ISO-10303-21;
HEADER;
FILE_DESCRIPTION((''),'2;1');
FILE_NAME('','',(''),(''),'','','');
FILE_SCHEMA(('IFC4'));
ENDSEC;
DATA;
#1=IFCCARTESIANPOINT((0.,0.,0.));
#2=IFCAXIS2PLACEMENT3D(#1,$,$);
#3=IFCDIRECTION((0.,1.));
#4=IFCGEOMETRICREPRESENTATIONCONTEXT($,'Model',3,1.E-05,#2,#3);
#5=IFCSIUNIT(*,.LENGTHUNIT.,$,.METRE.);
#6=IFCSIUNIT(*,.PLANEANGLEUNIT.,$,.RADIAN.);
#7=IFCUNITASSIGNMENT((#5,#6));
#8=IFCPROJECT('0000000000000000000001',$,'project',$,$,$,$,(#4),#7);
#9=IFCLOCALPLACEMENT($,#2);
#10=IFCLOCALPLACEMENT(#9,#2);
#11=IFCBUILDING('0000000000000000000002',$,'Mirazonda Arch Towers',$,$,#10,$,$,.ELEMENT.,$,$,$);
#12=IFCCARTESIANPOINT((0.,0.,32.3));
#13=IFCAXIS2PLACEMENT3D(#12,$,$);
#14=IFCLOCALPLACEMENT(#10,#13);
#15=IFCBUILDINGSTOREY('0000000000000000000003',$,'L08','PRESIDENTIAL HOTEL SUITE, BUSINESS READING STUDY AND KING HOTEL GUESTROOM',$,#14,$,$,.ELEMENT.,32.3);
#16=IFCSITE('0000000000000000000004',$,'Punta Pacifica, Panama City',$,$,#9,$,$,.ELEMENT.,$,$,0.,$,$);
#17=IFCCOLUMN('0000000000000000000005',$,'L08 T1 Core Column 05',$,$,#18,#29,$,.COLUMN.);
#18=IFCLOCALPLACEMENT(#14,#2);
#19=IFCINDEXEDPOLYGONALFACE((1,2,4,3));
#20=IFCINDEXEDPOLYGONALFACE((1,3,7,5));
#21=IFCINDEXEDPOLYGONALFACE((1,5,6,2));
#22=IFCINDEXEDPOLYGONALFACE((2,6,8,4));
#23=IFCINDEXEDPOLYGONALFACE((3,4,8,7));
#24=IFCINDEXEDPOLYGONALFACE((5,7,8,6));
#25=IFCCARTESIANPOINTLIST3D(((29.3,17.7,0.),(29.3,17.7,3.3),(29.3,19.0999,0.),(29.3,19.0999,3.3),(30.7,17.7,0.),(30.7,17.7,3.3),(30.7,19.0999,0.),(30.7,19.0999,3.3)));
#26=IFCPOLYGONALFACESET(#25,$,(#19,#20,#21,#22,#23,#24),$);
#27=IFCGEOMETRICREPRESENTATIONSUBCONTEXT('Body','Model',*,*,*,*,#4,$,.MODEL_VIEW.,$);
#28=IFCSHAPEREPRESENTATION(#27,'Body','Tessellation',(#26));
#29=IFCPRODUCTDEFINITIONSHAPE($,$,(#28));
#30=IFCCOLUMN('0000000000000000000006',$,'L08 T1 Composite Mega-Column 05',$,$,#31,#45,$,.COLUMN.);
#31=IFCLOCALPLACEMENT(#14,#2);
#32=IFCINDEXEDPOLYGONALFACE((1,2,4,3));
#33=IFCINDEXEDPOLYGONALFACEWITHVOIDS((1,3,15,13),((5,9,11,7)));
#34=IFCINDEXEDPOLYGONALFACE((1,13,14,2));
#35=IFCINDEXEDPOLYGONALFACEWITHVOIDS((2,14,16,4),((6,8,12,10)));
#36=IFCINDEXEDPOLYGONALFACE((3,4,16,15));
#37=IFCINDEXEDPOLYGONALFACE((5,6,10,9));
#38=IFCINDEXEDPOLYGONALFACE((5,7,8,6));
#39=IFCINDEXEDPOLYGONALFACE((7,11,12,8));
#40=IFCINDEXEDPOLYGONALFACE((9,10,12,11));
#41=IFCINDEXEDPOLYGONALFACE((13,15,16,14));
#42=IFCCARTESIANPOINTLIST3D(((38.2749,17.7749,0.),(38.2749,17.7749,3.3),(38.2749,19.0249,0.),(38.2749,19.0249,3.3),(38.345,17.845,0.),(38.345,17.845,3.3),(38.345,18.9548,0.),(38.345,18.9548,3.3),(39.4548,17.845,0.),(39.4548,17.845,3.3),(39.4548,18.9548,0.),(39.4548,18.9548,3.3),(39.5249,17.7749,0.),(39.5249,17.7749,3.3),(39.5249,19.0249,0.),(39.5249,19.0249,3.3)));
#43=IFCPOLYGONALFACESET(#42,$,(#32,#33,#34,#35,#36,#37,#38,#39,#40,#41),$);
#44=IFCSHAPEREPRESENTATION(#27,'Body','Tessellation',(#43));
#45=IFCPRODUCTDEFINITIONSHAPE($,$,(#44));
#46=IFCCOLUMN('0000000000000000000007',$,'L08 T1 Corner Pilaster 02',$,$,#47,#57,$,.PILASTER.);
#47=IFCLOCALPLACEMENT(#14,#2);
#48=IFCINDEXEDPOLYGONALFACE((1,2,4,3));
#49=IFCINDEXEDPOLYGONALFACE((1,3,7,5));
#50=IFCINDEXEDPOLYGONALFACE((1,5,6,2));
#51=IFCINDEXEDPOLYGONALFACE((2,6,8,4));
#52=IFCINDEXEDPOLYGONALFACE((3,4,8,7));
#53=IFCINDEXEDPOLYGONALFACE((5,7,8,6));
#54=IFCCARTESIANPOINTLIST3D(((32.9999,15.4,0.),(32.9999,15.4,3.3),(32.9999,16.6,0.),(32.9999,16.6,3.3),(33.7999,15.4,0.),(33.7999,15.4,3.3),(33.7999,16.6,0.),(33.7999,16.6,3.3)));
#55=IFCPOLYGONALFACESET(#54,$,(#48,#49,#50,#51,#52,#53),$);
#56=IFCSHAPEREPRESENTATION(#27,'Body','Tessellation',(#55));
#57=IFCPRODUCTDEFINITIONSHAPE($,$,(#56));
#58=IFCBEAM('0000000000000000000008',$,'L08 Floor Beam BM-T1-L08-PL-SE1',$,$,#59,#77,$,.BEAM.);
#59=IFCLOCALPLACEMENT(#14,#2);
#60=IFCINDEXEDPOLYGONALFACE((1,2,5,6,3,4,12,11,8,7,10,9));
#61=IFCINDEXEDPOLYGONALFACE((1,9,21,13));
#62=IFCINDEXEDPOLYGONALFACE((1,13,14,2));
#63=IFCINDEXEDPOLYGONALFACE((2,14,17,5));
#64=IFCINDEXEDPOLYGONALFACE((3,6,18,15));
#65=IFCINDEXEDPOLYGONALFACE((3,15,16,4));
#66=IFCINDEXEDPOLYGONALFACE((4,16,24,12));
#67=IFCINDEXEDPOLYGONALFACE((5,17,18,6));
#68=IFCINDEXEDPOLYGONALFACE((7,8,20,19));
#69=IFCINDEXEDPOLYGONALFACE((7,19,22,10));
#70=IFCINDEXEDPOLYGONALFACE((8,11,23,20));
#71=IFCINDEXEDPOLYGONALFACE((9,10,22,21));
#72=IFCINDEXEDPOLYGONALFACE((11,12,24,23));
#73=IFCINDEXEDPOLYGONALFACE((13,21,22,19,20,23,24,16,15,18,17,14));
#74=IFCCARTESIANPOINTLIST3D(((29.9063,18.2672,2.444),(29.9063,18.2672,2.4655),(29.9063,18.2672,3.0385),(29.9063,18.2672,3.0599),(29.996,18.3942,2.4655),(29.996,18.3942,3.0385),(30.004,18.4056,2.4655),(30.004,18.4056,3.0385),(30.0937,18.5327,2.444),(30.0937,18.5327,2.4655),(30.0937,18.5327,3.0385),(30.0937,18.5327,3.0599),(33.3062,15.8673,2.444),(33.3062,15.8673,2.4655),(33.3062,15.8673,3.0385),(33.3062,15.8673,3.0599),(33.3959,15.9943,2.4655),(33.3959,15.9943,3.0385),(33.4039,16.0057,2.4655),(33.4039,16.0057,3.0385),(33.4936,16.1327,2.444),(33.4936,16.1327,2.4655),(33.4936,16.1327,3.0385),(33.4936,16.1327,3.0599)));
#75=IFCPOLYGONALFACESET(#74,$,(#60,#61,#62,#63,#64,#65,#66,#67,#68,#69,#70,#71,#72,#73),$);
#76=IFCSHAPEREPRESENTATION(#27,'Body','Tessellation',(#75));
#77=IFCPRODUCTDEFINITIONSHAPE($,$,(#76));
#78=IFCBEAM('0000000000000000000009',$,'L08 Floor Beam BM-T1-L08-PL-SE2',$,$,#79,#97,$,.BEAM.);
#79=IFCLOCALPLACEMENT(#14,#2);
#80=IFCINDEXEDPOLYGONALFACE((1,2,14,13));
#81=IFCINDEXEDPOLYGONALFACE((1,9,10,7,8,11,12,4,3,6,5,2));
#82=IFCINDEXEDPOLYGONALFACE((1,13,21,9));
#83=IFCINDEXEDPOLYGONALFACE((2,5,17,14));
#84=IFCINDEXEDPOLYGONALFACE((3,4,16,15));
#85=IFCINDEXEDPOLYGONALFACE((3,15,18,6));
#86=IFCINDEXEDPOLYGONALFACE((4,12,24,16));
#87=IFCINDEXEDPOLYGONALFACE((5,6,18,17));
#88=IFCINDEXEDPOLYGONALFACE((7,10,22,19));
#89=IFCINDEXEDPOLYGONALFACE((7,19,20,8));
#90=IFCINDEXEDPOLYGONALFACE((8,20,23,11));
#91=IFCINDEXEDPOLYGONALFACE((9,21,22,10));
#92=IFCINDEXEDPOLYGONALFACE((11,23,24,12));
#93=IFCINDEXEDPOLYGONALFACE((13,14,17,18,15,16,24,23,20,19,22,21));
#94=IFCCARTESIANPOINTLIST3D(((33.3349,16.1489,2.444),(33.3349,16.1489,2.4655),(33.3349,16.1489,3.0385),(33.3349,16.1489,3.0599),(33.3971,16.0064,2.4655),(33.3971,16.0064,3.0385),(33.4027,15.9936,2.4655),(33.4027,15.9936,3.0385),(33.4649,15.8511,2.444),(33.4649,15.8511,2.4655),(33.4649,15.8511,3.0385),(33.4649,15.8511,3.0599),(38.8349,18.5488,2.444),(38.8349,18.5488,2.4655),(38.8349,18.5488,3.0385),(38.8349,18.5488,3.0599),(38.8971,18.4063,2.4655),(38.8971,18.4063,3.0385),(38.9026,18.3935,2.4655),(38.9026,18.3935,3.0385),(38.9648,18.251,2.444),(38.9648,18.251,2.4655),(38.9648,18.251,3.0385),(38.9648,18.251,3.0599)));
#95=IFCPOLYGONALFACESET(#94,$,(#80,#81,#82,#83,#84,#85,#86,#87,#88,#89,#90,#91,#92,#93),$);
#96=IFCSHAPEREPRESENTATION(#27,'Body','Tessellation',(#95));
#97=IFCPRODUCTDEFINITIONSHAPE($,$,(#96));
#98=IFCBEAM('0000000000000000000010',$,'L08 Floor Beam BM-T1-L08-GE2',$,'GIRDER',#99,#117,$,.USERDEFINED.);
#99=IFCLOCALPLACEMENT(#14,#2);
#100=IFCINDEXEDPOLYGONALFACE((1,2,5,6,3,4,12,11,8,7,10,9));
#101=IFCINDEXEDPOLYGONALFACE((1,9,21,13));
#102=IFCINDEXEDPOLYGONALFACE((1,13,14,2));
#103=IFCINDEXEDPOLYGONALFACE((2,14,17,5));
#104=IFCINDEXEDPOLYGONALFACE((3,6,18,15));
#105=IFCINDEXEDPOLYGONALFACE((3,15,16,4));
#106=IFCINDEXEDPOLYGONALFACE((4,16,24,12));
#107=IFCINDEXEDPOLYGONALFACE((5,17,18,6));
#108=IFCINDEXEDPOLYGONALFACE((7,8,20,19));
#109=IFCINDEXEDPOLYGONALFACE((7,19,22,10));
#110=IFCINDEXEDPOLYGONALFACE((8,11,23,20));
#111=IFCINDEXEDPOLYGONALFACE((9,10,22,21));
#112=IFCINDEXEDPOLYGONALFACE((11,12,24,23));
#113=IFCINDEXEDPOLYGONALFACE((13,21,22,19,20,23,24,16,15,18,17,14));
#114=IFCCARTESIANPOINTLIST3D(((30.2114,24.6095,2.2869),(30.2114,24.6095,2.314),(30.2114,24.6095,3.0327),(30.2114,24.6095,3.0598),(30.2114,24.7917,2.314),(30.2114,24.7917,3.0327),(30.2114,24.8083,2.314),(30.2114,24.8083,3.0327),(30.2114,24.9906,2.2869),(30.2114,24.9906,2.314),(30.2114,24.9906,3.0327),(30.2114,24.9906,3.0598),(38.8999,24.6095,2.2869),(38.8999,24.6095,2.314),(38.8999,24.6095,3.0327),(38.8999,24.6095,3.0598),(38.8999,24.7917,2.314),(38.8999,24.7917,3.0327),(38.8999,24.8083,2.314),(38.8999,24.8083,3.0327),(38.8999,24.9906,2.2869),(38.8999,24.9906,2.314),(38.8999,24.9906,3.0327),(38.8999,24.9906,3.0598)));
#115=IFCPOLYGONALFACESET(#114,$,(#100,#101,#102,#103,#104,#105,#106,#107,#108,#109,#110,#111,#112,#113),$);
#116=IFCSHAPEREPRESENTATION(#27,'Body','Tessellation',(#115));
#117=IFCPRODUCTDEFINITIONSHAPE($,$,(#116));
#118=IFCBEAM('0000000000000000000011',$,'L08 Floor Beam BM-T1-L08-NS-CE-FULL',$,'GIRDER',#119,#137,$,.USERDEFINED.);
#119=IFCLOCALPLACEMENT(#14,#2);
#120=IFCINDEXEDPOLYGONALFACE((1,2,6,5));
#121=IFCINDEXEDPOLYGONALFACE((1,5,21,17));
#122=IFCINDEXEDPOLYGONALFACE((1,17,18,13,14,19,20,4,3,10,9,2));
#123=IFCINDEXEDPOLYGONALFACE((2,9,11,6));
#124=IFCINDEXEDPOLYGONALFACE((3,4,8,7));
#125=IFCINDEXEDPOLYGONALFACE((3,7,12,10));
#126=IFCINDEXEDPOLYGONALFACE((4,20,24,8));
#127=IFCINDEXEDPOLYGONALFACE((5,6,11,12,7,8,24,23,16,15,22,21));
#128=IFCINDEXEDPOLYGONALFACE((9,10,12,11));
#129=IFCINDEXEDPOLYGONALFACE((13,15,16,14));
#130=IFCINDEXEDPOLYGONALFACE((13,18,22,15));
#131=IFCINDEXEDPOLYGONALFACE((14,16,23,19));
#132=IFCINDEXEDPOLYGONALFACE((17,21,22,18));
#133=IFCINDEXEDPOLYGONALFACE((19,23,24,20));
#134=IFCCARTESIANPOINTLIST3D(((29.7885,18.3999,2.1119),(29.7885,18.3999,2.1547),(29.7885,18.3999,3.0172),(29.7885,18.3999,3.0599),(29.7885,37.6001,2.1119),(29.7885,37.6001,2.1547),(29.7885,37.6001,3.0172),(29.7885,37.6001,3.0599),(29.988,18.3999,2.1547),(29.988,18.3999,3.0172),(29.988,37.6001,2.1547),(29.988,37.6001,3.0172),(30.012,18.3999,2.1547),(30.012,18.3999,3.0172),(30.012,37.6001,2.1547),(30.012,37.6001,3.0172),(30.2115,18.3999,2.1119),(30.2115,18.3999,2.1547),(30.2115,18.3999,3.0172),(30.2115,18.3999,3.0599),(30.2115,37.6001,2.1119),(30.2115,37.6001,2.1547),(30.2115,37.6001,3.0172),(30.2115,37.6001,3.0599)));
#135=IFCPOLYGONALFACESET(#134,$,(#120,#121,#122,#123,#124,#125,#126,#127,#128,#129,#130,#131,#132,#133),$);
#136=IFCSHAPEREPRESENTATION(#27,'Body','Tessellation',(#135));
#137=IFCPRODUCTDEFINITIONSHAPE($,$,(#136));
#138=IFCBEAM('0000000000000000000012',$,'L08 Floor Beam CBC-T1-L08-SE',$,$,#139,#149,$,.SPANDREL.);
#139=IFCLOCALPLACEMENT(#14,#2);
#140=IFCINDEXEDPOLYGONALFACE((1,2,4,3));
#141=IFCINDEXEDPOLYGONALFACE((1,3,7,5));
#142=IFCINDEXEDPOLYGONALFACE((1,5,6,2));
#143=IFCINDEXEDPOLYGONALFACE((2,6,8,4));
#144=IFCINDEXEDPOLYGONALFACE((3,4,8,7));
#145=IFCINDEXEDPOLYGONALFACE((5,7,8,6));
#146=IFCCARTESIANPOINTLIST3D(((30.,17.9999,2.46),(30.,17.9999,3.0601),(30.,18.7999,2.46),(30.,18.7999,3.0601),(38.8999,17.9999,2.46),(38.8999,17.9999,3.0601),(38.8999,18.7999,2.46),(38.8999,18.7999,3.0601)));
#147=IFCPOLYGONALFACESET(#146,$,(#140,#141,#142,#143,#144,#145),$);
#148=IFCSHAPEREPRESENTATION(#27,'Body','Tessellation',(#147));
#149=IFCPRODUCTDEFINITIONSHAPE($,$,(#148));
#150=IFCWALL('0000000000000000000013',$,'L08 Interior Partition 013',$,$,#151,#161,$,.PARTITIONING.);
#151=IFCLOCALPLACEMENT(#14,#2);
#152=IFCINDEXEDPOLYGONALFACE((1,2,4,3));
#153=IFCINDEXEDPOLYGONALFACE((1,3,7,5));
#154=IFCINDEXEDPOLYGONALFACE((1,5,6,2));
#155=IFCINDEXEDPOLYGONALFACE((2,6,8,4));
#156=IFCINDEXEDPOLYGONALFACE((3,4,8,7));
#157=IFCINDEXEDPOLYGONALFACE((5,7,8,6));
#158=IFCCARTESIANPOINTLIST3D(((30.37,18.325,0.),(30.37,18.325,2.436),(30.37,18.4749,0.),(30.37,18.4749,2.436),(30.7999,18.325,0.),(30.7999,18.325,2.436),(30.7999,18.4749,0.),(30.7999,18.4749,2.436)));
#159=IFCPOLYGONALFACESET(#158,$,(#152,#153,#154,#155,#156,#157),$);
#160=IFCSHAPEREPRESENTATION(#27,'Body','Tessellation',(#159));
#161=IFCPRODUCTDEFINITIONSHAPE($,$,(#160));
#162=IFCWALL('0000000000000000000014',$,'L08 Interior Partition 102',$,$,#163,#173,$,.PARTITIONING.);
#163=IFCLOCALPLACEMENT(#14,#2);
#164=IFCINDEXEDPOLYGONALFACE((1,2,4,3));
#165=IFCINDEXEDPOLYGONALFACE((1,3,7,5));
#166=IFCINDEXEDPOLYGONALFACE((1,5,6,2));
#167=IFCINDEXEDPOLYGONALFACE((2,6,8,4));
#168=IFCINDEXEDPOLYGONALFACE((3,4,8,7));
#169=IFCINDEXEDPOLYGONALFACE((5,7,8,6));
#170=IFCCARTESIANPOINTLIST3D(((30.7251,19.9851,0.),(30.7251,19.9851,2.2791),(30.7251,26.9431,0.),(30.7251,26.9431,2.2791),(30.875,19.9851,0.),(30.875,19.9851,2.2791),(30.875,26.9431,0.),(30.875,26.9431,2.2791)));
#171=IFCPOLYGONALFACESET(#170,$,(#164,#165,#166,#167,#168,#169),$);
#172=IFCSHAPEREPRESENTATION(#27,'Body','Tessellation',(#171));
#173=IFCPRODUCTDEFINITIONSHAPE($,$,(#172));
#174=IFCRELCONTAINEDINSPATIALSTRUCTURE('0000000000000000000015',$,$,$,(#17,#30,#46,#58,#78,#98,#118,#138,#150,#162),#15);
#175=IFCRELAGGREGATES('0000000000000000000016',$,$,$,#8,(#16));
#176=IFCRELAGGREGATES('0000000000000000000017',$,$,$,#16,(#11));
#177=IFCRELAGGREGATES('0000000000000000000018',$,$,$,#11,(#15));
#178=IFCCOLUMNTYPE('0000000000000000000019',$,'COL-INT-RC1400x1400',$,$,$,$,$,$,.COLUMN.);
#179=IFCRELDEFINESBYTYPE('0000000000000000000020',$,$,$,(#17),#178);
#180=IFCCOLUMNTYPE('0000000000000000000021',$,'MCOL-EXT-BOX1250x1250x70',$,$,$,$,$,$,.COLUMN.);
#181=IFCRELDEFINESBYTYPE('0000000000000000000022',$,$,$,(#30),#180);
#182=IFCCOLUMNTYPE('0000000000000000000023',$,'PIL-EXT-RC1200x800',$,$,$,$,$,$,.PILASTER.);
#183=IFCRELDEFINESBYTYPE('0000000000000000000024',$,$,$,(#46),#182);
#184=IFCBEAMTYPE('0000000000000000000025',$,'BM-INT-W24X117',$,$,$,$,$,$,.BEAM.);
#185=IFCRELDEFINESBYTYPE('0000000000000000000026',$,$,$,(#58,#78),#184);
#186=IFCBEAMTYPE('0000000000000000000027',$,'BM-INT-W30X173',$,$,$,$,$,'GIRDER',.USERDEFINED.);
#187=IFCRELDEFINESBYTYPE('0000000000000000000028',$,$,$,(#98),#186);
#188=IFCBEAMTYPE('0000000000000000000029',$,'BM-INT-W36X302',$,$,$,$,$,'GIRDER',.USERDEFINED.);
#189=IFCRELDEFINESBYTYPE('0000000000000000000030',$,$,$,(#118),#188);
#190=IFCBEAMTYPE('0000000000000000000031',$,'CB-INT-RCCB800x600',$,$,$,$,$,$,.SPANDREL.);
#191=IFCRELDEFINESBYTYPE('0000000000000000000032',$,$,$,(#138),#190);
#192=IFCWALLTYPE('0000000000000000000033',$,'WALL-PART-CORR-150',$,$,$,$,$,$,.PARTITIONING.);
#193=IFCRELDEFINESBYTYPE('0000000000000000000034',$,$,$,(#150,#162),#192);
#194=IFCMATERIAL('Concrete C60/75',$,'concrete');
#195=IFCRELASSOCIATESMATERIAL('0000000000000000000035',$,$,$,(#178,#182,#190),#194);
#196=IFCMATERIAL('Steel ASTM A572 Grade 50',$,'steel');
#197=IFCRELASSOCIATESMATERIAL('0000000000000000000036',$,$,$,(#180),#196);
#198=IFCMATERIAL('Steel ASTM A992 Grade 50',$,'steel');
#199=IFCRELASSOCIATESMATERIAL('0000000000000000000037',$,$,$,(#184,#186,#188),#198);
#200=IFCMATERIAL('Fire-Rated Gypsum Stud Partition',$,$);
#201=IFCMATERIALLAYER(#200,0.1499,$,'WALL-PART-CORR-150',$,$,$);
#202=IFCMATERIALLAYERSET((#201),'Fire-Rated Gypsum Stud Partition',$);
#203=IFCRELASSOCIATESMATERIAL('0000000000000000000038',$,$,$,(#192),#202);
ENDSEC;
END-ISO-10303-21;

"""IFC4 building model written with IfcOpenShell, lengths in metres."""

from ifc_helpers import new_model, si_unit, direction, frame, frame_2d, origin, origin_2d, place, context, subcontext, project, spatial, rectangle, hollow_rectangle, i_section, extrude, material, layer, layer_set, material_profile, profile_set, type_object, element, save


model = new_model("IFC4")

# Units and contexts
model_context = context("Model", 3, precision=1e-05, world=origin(), true_north=direction((0.0, 1.0)))
body_context = subcontext(model_context, "Body", "Model", "MODEL_VIEW")
ifc_project = project(units=[si_unit("LENGTHUNIT", "METRE"), si_unit("PLANEANGLEUNIT", "RADIAN")], contexts=[model_context])

# Site, building, storey
site_placement = place(None, origin())
site = spatial("IfcSite", under=ifc_project, at=site_placement, Name="Punta Pacifica, Panama City", CompositionType="ELEMENT", RefElevation=0.0)
building_placement = place(site_placement, origin())
building = spatial("IfcBuilding", under=site, at=building_placement, Name="Mirazonda Arch Towers", CompositionType="ELEMENT")
storey_placement = place(building_placement, frame((0.0, 0.0, 32.3)))
storey = spatial("IfcBuildingStorey", under=building, at=storey_placement, Name="L08", Description="PRESIDENTIAL HOTEL SUITE, BUSINESS READING STUDY AND KING HOTEL GUESTROOM", CompositionType="ELEMENT", Elevation=32.3)

# Columns
ifc_material_1 = material(Name="Concrete C60/75", Category="concrete")
ifc_material_profile_1 = material_profile(ifc_material_1, rectangle(XDim=1.3999, YDim=1.3999, at=origin_2d()), Name="RC1400x1400")
ifc_profile_set_1 = profile_set([ifc_material_profile_1], Name="Concrete C60/75")
column_type_1 = type_object("IfcColumnType", Name="COL-INT-RC1400x1400", PredefinedType="COLUMN", material=ifc_profile_set_1)
column_1_placement = place(storey_placement, frame((30.0, 18.3999, 0.0), z_axis=(0.0, 0.0, 1.0), x_axis=(1.0, 0.0, 0.0)))
element("IfcColumn", 1, at=column_1_placement, inside=storey, type_object=column_type_1, Name="L08 T1 Core Column 05", PredefinedType="COLUMN", context=body_context, shape_type="SweptSolid", body=[
    extrude(rectangle(XDim=1.3999, YDim=1.3999, at=origin_2d()), origin(), (0.0, 0.0, 1.0), 3.3),
])
ifc_material_2 = material(Name="Steel ASTM A572 Grade 50", Category="steel")
ifc_material_profile_2 = material_profile(ifc_material_2, hollow_rectangle(XDim=1.25, YDim=1.25, WallThickness=0.0701, at=origin_2d()), Name="BOX1250x1250x70")
ifc_profile_set_2 = profile_set([ifc_material_profile_2], Name="Steel ASTM A572 Grade 50")
column_type_2 = type_object("IfcColumnType", Name="MCOL-EXT-BOX1250x1250x70", PredefinedType="COLUMN", material=ifc_profile_set_2)
column_2_placement = place(storey_placement, frame((38.8999, 18.3999, 0.0), z_axis=(0.0, 0.0, 1.0), x_axis=(1.0, 0.0, 0.0)))
element("IfcColumn", 2, at=column_2_placement, inside=storey, type_object=column_type_2, Name="L08 T1 Composite Mega-Column 05", PredefinedType="COLUMN", context=body_context, shape_type="SweptSolid", body=[
    extrude(hollow_rectangle(XDim=1.25, YDim=1.25, WallThickness=0.0701, at=origin_2d()), origin(), (0.0, 0.0, 1.0), 3.3),
])
ifc_material_profile_3 = material_profile(ifc_material_1, rectangle(XDim=0.8, YDim=1.2, at=origin_2d()), Name="RC1200x800")
ifc_profile_set_3 = profile_set([ifc_material_profile_3], Name="Concrete C60/75")
column_type_3 = type_object("IfcColumnType", Name="PIL-EXT-RC1200x800", PredefinedType="PILASTER", material=ifc_profile_set_3)
column_3_placement = place(storey_placement, frame((33.3999, 16.0, 0.0), z_axis=(0.0, 0.0, 1.0), x_axis=(1.0, 0.0, 0.0)))
element("IfcColumn", 3, at=column_3_placement, inside=storey, type_object=column_type_3, Name="L08 T1 Corner Pilaster 02", PredefinedType="PILASTER", context=body_context, shape_type="SweptSolid", body=[
    extrude(rectangle(XDim=0.8, YDim=1.2, at=origin_2d()), origin(), (0.0, 0.0, 1.0), 3.3),
])

# Beams
ifc_material_3 = material(Name="Steel ASTM A992 Grade 50", Category="steel")
ifc_material_profile_4 = material_profile(ifc_material_3, i_section(OverallWidth=0.325, OverallDepth=0.616, WebThickness=0.0139, FlangeThickness=0.0215, at=origin_2d()), Name="W24X117")
ifc_profile_set_4 = profile_set([ifc_material_profile_4], Name="Steel ASTM A992 Grade 50")
beam_type_1 = type_object("IfcBeamType", Name="BM-INT-W24X117", PredefinedType="BEAM", material=ifc_profile_set_4)
beam_1_placement = place(storey_placement, frame((33.3999, 16.0, 2.752), z_axis=(-0.816971, 0.576679, 0.0), x_axis=(-0.576679, -0.816971, 0.0)))
element("IfcBeam", 4, at=beam_1_placement, inside=storey, type_object=beam_type_1, Name="L08 Floor Beam BM-T1-L08-PL-SE1", PredefinedType="BEAM", context=body_context, shape_type="SweptSolid", body=[
    extrude(i_section(OverallWidth=0.325, OverallDepth=0.616, WebThickness=0.0139, FlangeThickness=0.0215, at=origin_2d()), origin(), (0.0, 0.0, 1.0), 4.1616),
])
beam_2_placement = place(storey_placement, frame((33.3999, 16.0, 2.752), z_axis=(0.916545, 0.399931, 0.0), x_axis=(-0.399931, 0.916545, 0.0)))
element("IfcBeam", 5, at=beam_2_placement, inside=storey, type_object=beam_type_1, Name="L08 Floor Beam BM-T1-L08-PL-SE2", PredefinedType="BEAM", context=body_context, shape_type="SweptSolid", body=[
    extrude(i_section(OverallWidth=0.325, OverallDepth=0.616, WebThickness=0.0139, FlangeThickness=0.0215, at=origin_2d()), origin(), (0.0, 0.0, 1.0), 6.0007),
])
ifc_material_profile_5 = material_profile(ifc_material_3, i_section(OverallWidth=0.3811, OverallDepth=0.7729, WebThickness=0.0166, FlangeThickness=0.0271, at=origin_2d()), Name="W30X173")
ifc_profile_set_5 = profile_set([ifc_material_profile_5], Name="Steel ASTM A992 Grade 50")
beam_type_2 = type_object("IfcBeamType", Name="BM-INT-W30X173", ElementType="GIRDER", PredefinedType="USERDEFINED", material=ifc_profile_set_5)
beam_3_placement = place(storey_placement, frame((30.2114, 24.8, 2.6733), z_axis=(1.0, 0.0, 0.0), x_axis=(0.0, 1.0, 0.0)))
element("IfcBeam", 6, at=beam_3_placement, inside=storey, type_object=beam_type_2, Name="L08 Floor Beam BM-T1-L08-GE2", ObjectType="GIRDER", PredefinedType="USERDEFINED", context=body_context, shape_type="SweptSolid", body=[
    extrude(i_section(OverallWidth=0.3811, OverallDepth=0.7729, WebThickness=0.0166, FlangeThickness=0.0271, at=origin_2d()), origin(), (0.0, 0.0, 1.0), 8.6885),
])
ifc_material_profile_6 = material_profile(ifc_material_3, i_section(OverallWidth=0.4231, OverallDepth=0.948, WebThickness=0.0239, FlangeThickness=0.0427, at=origin_2d()), Name="W36X302")
ifc_profile_set_6 = profile_set([ifc_material_profile_6], Name="Steel ASTM A992 Grade 50")
beam_type_3 = type_object("IfcBeamType", Name="BM-INT-W36X302", ElementType="GIRDER", PredefinedType="USERDEFINED", material=ifc_profile_set_6)
beam_4_placement = place(storey_placement, frame((30.0, 18.3999, 2.5859), z_axis=(0.0, 1.0, 0.0), x_axis=(-1.0, 0.0, 0.0)))
element("IfcBeam", 7, at=beam_4_placement, inside=storey, type_object=beam_type_3, Name="L08 Floor Beam BM-T1-L08-NS-CE-FULL", ObjectType="GIRDER", PredefinedType="USERDEFINED", context=body_context, shape_type="SweptSolid", body=[
    extrude(i_section(OverallWidth=0.4231, OverallDepth=0.948, WebThickness=0.0239, FlangeThickness=0.0427, at=origin_2d()), origin(), (0.0, 0.0, 1.0), 19.2002),
])
ifc_material_profile_7 = material_profile(ifc_material_1, rectangle(XDim=0.8, YDim=0.6001, at=origin_2d()), Name="RCCB800x600")
ifc_profile_set_7 = profile_set([ifc_material_profile_7], Name="Concrete C60/75")
beam_type_4 = type_object("IfcBeamType", Name="CB-INT-RCCB800x600", PredefinedType="SPANDREL", material=ifc_profile_set_7)
beam_5_placement = place(storey_placement, frame((30.0, 18.3999, 2.76), z_axis=(1.0, 0.0, 0.0), x_axis=(0.0, 1.0, 0.0)))
element("IfcBeam", 8, at=beam_5_placement, inside=storey, type_object=beam_type_4, Name="L08 Floor Beam CBC-T1-L08-SE", PredefinedType="SPANDREL", context=body_context, shape_type="SweptSolid", body=[
    extrude(rectangle(XDim=0.8, YDim=0.6001, at=origin_2d()), origin(), (0.0, 0.0, 1.0), 8.8999),
])

# Walls
ifc_material_4 = material(Name="Fire-Rated Gypsum Stud Partition")
ifc_layer_1 = layer(ifc_material_4, 0.1499, Name="WALL-PART-CORR-150")
ifc_layer_set_1 = layer_set([ifc_layer_1], Name="Fire-Rated Gypsum Stud Partition")
wall_type_1 = type_object("IfcWallType", Name="WALL-PART-CORR-150", PredefinedType="PARTITIONING", material=ifc_layer_set_1)
wall_1_placement = place(storey_placement, frame((30.3701, 18.3999, 0.0), z_axis=(0.0, 0.0, 1.0), x_axis=(1.0, 0.0, 0.0)))
element("IfcWall", 9, at=wall_1_placement, inside=storey, type_object=wall_type_1, Name="L08 Interior Partition 013", PredefinedType="PARTITIONING", context=body_context, shape_type="SweptSolid", body=[
    extrude(rectangle(XDim=0.4299, YDim=0.1499, at=frame_2d((0.2148, 0.0))), origin(), (0.0, 0.0, 1.0), 2.436),
])
wall_2_placement = place(storey_placement, frame((30.8, 19.9851, 0.0), z_axis=(0.0, 0.0, 1.0), x_axis=(0.0, 1.0, 0.0)))
element("IfcWall", 10, at=wall_2_placement, inside=storey, type_object=wall_type_1, Name="L08 Interior Partition 102", PredefinedType="PARTITIONING", context=body_context, shape_type="SweptSolid", body=[
    extrude(rectangle(XDim=6.958, YDim=0.1499, at=frame_2d((3.479, 0.0))), origin(), (0.0, 0.0, 1.0), 2.2791),
])

save(model, "model.ifc")
